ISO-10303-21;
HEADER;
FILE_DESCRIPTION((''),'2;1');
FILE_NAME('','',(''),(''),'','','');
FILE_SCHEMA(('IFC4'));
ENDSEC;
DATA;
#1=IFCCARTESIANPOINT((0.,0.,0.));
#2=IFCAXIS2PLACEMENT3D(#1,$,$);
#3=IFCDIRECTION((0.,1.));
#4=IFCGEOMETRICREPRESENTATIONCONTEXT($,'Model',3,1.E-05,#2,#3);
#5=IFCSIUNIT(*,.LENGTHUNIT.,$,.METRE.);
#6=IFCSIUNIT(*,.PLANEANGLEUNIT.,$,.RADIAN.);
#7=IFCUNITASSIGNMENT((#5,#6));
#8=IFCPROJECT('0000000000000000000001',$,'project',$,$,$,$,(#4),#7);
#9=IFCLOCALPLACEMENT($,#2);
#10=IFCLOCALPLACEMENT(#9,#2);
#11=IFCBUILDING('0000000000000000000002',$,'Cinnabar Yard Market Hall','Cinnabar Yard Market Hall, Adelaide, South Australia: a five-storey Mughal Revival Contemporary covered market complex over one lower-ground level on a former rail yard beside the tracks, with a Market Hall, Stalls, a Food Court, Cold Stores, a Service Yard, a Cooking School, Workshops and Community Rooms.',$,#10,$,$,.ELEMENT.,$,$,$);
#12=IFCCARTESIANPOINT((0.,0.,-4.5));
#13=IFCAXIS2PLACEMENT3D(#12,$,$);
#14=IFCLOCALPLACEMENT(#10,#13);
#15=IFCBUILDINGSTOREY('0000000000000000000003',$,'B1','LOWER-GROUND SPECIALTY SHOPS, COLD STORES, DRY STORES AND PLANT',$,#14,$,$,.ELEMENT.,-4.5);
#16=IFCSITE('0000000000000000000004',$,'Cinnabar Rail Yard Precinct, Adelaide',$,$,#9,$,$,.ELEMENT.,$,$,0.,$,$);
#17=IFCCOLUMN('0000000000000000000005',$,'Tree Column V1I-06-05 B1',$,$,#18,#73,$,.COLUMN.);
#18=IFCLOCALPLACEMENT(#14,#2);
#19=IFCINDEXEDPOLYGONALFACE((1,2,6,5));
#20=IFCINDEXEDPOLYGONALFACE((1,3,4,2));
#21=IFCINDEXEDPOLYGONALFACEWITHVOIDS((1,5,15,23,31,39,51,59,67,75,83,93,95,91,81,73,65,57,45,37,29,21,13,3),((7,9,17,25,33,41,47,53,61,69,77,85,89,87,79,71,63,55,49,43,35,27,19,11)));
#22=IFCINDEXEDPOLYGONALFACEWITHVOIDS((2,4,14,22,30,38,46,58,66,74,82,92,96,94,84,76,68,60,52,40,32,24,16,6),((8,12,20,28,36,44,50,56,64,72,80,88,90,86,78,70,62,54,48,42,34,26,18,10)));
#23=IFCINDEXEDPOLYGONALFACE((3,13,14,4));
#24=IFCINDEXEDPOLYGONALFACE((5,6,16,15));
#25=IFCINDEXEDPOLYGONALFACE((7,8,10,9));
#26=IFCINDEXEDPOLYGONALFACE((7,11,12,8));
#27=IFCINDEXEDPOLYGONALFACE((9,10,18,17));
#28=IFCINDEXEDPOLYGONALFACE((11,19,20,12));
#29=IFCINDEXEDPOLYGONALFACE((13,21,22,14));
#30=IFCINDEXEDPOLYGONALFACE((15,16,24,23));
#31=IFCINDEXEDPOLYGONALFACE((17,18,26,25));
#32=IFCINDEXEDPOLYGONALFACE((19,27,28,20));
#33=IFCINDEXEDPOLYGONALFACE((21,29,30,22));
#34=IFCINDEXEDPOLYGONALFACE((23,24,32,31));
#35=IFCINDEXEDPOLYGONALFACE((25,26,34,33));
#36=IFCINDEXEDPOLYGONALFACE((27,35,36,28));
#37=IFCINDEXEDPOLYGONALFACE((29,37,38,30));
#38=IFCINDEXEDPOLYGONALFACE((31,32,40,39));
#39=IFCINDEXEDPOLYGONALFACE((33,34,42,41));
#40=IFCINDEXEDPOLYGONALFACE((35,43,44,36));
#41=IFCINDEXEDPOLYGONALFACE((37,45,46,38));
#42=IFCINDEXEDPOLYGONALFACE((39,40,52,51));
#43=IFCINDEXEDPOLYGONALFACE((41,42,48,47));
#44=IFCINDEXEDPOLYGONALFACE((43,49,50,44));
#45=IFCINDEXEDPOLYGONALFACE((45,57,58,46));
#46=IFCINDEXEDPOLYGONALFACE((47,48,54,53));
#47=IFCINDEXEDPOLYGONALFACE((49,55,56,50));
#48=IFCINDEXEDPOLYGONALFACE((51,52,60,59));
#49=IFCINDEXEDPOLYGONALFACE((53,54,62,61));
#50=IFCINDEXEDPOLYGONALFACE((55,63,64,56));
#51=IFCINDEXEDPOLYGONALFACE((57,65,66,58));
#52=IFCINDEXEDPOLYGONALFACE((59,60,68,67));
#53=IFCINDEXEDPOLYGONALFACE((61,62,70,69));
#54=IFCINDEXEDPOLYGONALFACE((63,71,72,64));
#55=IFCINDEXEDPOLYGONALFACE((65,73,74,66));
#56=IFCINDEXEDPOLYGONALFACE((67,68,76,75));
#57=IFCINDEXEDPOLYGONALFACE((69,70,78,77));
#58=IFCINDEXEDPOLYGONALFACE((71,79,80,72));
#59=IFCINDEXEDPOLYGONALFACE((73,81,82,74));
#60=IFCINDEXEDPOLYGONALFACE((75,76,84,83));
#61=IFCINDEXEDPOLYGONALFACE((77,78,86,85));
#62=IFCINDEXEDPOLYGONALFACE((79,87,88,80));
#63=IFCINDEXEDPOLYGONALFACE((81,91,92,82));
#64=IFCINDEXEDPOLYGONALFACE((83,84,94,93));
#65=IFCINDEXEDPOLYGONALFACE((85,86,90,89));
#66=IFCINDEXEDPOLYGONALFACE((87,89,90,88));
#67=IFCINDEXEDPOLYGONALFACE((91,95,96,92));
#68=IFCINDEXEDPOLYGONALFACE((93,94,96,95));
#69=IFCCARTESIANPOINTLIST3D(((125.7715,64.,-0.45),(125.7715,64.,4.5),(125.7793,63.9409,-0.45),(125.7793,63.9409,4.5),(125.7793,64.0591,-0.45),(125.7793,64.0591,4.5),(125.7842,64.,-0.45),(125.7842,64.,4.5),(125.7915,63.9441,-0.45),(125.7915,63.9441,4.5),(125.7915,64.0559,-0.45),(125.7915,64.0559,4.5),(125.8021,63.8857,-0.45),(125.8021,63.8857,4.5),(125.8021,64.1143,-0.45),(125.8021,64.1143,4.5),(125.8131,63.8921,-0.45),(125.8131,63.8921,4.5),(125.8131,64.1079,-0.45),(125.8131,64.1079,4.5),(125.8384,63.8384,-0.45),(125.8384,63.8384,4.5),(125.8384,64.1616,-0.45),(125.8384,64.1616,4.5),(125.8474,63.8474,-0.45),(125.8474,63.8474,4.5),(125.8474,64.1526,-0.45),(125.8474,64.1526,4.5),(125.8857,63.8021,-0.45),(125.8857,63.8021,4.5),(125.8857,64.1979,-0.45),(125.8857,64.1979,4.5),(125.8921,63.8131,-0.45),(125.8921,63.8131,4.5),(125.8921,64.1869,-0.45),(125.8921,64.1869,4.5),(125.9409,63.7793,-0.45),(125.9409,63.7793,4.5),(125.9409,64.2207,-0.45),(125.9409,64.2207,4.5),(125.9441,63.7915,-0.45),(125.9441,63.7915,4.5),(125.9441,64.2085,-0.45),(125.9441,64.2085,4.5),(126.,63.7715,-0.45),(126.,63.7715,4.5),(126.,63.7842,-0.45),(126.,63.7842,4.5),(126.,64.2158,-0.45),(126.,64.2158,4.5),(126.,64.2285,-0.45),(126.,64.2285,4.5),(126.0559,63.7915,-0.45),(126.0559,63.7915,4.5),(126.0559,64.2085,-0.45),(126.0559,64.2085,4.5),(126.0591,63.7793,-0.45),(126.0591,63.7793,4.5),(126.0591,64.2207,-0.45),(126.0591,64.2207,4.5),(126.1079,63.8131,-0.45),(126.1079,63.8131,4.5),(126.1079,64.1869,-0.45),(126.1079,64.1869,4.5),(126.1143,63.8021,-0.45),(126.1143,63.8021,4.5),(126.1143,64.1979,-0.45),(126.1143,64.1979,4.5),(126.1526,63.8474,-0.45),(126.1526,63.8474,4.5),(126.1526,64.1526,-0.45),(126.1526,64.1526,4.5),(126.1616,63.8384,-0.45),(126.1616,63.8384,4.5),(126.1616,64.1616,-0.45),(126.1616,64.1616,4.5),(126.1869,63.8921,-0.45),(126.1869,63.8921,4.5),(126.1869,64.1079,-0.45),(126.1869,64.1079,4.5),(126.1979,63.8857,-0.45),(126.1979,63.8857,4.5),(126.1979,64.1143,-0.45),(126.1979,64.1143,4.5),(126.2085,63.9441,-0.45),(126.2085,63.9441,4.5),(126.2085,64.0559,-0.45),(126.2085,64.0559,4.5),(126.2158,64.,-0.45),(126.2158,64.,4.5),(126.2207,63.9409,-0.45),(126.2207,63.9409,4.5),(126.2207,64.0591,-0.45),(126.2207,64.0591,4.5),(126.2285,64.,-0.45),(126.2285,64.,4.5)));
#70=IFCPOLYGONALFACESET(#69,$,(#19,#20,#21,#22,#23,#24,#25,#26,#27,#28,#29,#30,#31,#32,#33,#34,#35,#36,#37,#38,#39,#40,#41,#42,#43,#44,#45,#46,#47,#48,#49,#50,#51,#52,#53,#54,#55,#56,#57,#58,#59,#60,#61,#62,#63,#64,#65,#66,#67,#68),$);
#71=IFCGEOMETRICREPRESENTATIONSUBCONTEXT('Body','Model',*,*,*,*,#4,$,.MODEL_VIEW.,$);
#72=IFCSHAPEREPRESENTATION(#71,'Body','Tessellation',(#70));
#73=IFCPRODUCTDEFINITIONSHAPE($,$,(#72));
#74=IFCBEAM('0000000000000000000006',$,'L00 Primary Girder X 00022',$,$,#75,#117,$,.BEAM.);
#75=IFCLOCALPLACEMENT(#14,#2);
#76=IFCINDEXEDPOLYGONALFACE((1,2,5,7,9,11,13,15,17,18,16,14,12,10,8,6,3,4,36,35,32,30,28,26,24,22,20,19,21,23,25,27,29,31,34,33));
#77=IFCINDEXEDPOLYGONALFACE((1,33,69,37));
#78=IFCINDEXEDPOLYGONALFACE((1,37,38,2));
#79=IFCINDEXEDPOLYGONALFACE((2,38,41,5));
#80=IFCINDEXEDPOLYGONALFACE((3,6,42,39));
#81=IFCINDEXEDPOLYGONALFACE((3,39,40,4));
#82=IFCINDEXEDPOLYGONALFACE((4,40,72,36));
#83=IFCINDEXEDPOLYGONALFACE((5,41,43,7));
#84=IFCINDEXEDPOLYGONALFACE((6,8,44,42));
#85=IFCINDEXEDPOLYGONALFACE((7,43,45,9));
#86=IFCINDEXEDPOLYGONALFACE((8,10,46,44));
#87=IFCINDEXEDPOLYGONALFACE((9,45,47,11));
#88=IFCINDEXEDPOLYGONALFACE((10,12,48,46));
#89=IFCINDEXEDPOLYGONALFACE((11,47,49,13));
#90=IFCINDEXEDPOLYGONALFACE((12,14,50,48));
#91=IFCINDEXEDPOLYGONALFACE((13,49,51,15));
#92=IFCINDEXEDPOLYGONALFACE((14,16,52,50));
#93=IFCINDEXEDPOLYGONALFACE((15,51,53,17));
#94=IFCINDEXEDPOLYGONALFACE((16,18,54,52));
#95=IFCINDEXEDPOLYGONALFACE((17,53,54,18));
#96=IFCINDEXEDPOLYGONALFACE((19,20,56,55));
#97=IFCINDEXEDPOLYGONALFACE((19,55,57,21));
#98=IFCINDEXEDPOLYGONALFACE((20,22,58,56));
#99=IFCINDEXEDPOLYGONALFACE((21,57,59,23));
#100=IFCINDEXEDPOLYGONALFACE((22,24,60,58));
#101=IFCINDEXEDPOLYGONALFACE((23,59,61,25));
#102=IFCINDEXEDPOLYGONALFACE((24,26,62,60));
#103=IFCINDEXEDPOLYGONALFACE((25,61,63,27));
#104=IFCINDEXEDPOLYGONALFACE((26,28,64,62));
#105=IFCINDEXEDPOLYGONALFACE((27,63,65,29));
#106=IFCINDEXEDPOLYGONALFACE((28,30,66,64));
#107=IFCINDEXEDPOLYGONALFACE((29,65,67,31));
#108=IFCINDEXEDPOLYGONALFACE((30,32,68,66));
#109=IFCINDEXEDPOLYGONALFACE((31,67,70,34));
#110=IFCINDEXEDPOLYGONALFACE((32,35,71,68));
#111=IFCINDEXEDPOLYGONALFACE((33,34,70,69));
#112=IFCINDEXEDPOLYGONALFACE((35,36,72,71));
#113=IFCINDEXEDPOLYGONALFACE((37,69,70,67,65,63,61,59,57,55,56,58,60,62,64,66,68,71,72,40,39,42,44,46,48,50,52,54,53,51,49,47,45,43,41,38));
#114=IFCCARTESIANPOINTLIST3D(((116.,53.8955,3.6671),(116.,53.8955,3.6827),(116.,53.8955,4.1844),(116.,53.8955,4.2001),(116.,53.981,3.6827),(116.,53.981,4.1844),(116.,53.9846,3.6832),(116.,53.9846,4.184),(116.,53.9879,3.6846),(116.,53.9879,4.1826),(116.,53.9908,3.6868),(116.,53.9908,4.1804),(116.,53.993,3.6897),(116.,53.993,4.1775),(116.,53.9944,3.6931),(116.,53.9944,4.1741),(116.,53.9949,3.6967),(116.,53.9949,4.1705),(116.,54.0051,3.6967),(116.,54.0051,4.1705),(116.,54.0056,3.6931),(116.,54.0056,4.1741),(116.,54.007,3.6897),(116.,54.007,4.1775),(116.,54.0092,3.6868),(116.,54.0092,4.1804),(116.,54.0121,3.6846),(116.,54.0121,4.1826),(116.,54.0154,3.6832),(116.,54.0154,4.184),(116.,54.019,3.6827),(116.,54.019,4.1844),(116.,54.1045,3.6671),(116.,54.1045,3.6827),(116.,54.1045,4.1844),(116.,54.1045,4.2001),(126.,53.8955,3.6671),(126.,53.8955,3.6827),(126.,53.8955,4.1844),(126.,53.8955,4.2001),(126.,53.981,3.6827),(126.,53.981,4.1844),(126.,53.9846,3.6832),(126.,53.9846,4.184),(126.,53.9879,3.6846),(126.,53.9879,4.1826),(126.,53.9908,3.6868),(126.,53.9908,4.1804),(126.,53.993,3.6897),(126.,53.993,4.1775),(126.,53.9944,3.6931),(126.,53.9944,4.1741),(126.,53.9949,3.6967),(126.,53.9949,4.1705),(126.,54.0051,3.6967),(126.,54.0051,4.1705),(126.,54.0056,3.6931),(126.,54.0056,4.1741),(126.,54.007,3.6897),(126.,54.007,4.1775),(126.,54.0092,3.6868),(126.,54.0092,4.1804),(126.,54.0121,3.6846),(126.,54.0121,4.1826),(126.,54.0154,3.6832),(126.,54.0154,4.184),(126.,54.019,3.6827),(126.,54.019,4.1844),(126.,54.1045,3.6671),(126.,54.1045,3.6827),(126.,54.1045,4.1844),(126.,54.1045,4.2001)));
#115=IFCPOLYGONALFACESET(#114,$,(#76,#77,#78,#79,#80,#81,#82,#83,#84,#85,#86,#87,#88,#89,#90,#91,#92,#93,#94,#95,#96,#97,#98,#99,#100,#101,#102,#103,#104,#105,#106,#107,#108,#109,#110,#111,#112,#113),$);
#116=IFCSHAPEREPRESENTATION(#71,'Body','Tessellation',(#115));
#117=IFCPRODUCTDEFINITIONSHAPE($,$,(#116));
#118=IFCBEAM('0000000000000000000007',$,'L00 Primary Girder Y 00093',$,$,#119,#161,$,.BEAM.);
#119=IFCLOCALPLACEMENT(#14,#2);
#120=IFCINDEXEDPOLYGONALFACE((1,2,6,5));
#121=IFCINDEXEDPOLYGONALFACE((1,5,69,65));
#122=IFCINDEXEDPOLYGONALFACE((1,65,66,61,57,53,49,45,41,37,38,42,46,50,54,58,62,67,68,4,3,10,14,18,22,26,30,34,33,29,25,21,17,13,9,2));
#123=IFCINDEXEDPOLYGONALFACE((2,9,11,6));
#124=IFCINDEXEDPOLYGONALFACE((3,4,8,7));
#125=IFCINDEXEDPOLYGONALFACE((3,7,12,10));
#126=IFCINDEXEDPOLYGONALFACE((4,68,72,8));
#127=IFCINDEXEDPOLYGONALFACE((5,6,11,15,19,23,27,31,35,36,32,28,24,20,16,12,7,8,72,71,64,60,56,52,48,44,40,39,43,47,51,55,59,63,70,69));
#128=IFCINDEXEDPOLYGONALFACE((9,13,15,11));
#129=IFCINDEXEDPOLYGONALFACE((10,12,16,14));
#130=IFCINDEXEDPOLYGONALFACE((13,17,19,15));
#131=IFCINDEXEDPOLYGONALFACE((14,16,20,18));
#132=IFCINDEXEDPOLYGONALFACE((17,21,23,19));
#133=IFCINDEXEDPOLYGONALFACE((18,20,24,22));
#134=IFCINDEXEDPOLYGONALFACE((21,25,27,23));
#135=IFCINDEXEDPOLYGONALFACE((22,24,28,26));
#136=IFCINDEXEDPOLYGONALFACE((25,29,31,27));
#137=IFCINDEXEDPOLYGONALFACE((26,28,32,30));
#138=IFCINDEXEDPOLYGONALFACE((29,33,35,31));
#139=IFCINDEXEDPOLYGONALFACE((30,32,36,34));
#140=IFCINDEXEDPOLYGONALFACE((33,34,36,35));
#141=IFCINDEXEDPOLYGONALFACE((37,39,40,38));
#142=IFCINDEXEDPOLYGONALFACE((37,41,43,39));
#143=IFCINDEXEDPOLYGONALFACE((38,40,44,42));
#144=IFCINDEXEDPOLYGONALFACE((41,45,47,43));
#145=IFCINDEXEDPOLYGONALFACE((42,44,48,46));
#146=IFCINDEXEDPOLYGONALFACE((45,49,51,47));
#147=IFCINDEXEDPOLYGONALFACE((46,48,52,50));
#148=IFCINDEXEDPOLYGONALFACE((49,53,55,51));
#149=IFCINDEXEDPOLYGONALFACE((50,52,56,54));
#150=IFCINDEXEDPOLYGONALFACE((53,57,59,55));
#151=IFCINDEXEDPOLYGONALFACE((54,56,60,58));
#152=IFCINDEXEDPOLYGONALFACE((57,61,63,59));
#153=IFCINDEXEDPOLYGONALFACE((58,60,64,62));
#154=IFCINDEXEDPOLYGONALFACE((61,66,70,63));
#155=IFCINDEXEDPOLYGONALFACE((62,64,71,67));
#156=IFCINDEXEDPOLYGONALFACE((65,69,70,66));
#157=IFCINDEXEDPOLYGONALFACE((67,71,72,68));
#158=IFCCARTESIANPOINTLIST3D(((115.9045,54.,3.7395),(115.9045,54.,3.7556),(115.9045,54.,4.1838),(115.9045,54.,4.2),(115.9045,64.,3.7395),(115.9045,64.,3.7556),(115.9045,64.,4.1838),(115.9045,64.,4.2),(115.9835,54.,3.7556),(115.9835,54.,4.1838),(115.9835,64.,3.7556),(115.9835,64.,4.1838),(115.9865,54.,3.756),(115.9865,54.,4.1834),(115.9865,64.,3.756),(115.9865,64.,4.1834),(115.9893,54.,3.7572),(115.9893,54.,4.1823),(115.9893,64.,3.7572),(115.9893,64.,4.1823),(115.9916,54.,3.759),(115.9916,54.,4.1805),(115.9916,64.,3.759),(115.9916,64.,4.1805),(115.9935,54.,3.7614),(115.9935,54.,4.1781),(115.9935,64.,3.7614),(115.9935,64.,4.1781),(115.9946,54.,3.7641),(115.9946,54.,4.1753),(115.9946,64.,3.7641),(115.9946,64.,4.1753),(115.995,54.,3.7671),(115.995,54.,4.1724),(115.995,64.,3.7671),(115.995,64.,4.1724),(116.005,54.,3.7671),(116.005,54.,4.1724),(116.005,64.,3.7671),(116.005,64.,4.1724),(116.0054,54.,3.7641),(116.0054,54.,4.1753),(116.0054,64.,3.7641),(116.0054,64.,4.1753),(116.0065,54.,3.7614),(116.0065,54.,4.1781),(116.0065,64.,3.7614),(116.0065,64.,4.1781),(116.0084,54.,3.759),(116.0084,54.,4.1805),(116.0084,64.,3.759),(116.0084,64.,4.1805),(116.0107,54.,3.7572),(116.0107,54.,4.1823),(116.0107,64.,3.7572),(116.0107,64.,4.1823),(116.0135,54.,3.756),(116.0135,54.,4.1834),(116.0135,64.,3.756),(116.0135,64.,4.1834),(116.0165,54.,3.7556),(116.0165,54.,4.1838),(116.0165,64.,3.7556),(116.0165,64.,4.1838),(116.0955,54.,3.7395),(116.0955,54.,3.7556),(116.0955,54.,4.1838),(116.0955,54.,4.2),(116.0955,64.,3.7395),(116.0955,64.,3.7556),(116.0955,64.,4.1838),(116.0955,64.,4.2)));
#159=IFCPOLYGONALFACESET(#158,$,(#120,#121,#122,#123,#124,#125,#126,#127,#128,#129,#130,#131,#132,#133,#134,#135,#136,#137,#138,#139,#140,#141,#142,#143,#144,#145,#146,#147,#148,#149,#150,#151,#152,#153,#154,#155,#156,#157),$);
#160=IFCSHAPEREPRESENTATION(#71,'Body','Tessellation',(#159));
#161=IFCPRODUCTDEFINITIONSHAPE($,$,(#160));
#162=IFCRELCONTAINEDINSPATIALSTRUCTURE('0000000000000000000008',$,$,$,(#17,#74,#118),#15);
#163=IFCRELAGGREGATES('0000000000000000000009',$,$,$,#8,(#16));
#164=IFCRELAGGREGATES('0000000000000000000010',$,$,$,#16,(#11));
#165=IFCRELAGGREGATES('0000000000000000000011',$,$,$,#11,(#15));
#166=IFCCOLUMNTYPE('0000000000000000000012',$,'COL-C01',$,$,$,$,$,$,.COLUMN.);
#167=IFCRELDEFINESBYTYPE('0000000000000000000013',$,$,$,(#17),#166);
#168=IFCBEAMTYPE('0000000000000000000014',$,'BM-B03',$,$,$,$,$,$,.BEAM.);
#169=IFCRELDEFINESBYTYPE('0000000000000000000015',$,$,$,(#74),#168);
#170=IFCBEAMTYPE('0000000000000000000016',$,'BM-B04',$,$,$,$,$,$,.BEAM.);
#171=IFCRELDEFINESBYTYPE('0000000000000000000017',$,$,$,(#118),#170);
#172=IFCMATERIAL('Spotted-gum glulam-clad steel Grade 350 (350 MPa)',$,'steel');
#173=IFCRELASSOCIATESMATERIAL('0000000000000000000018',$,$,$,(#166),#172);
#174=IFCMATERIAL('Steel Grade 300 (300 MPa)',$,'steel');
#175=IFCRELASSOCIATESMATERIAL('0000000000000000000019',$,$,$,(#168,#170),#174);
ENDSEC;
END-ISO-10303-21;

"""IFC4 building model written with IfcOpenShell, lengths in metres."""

from ifc_helpers import new_model, si_unit, direction, frame, origin, origin_2d_with_axis, place, context, subcontext, project, spatial, hollow_circle, i_section, extrude, material, material_profile, profile_set, type_object, element, save


model = new_model("IFC4")

# Units and contexts
model_context = context("Model", 3, precision=1e-05, world=origin(), true_north=direction((0.0, 1.0)))
body_context = subcontext(model_context, "Body", "Model", "MODEL_VIEW")
ifc_project = project(units=[si_unit("LENGTHUNIT", "METRE"), si_unit("PLANEANGLEUNIT", "RADIAN")], contexts=[model_context])

# Site, building, storey
site_placement = place(None, origin())
site = spatial("IfcSite", under=ifc_project, at=site_placement, Name="Cinnabar Rail Yard Precinct, Adelaide", CompositionType="ELEMENT", RefElevation=0.0)
building_placement = place(site_placement, origin())
building = spatial("IfcBuilding", under=site, at=building_placement, Name="Cinnabar Yard Market Hall", Description="Cinnabar Yard Market Hall, Adelaide, South Australia: a five-storey Mughal Revival Contemporary covered market complex over one lower-ground level on a former rail yard beside the tracks, with a Market Hall, Stalls, a Food Court, Cold Stores, a Service Yard, a Cooking School, Workshops and Community Rooms.", CompositionType="ELEMENT")
storey_placement = place(building_placement, frame((0.0, 0.0, -4.5)))
storey = spatial("IfcBuildingStorey", under=building, at=storey_placement, Name="B1", Description="LOWER-GROUND SPECIALTY SHOPS, COLD STORES, DRY STORES AND PLANT", CompositionType="ELEMENT", Elevation=-4.5)

# Column
ifc_material_1 = material(Name="Spotted-gum glulam-clad steel Grade 350 (350 MPa)", Category="steel")
ifc_material_profile_1 = material_profile(ifc_material_1, hollow_circle(Radius=0.2285, WallThickness=0.0127, at=origin_2d_with_axis()), Name="457.0x12.7CHS")
ifc_profile_set_1 = profile_set([ifc_material_profile_1], Name="Spotted-gum glulam-clad steel Grade 350 (350 MPa)")
column_type = type_object("IfcColumnType", Name="COL-C01", PredefinedType="COLUMN", material=ifc_profile_set_1)
for number, where, z_axis, x_axis, name in (
    (1, (126.0, 64.0, -0.45), (0.0, 0.0, 1.0), (1.0, 0.0, 0.0), "Tree Column V1I-06-05 B1"),
):
    element("IfcColumn", number, at=place(storey_placement, frame(where, z_axis=z_axis, x_axis=x_axis)), inside=storey, type_object=column_type, Name=name, PredefinedType="COLUMN", context=body_context, shape_type="SweptSolid", body=[
        extrude(hollow_circle(Radius=0.2285, WallThickness=0.0127, at=origin_2d_with_axis()), origin(), (0.0, 0.0, 1.0), 4.95),
    ])

# Beams
ifc_material_2 = material(Name="Steel Grade 300 (300 MPa)", Category="steel")
ifc_material_profile_2 = material_profile(ifc_material_2, i_section(OverallWidth=0.209, OverallDepth=0.533, WebThickness=0.0103, FlangeThickness=0.0156, FilletRadius=0.0139, at=origin_2d_with_axis()), Name="530UB92.4")
ifc_profile_set_2 = profile_set([ifc_material_profile_2], Name="Steel Grade 300 (300 MPa)")
beam_type_1 = type_object("IfcBeamType", Name="BM-B03", PredefinedType="BEAM", material=ifc_profile_set_2)
beam_1_placement = place(storey_placement, frame((116.0, 54.0, 3.9336), z_axis=(1.0, 0.0, 0.0), x_axis=(0.0, 1.0, 0.0)))
element("IfcBeam", 2, at=beam_1_placement, inside=storey, type_object=beam_type_1, Name="L00 Primary Girder X 00022", PredefinedType="BEAM", context=body_context, shape_type="SweptSolid", body=[
    extrude(i_section(OverallWidth=0.209, OverallDepth=0.533, WebThickness=0.0103, FlangeThickness=0.0156, FilletRadius=0.0139, at=origin_2d_with_axis()), origin(), (0.0, 0.0, 1.0), 10.0),
])
ifc_material_profile_3 = material_profile(ifc_material_2, i_section(OverallWidth=0.1909, OverallDepth=0.4604, WebThickness=0.01, FlangeThickness=0.0161, FilletRadius=0.0115, at=origin_2d_with_axis()), Name="460UB82.1")
ifc_profile_set_3 = profile_set([ifc_material_profile_3], Name="Steel Grade 300 (300 MPa)")
beam_type_2 = type_object("IfcBeamType", Name="BM-B04", PredefinedType="BEAM", material=ifc_profile_set_3)
for number, where, z_axis, x_axis, name in (
    (3, (116.0, 54.0, 3.9697), (0.0, 1.0, 0.0), (-1.0, 0.0, 0.0), "L00 Primary Girder Y 00093"),
):
    element("IfcBeam", number, at=place(storey_placement, frame(where, z_axis=z_axis, x_axis=x_axis)), inside=storey, type_object=beam_type_2, Name=name, PredefinedType="BEAM", context=body_context, shape_type="SweptSolid", body=[
        extrude(i_section(OverallWidth=0.1909, OverallDepth=0.4604, WebThickness=0.01, FlangeThickness=0.0161, FilletRadius=0.0115, at=origin_2d_with_axis()), origin(), (0.0, 0.0, 1.0), 10.0),
    ])

save(model, "model.ifc")
